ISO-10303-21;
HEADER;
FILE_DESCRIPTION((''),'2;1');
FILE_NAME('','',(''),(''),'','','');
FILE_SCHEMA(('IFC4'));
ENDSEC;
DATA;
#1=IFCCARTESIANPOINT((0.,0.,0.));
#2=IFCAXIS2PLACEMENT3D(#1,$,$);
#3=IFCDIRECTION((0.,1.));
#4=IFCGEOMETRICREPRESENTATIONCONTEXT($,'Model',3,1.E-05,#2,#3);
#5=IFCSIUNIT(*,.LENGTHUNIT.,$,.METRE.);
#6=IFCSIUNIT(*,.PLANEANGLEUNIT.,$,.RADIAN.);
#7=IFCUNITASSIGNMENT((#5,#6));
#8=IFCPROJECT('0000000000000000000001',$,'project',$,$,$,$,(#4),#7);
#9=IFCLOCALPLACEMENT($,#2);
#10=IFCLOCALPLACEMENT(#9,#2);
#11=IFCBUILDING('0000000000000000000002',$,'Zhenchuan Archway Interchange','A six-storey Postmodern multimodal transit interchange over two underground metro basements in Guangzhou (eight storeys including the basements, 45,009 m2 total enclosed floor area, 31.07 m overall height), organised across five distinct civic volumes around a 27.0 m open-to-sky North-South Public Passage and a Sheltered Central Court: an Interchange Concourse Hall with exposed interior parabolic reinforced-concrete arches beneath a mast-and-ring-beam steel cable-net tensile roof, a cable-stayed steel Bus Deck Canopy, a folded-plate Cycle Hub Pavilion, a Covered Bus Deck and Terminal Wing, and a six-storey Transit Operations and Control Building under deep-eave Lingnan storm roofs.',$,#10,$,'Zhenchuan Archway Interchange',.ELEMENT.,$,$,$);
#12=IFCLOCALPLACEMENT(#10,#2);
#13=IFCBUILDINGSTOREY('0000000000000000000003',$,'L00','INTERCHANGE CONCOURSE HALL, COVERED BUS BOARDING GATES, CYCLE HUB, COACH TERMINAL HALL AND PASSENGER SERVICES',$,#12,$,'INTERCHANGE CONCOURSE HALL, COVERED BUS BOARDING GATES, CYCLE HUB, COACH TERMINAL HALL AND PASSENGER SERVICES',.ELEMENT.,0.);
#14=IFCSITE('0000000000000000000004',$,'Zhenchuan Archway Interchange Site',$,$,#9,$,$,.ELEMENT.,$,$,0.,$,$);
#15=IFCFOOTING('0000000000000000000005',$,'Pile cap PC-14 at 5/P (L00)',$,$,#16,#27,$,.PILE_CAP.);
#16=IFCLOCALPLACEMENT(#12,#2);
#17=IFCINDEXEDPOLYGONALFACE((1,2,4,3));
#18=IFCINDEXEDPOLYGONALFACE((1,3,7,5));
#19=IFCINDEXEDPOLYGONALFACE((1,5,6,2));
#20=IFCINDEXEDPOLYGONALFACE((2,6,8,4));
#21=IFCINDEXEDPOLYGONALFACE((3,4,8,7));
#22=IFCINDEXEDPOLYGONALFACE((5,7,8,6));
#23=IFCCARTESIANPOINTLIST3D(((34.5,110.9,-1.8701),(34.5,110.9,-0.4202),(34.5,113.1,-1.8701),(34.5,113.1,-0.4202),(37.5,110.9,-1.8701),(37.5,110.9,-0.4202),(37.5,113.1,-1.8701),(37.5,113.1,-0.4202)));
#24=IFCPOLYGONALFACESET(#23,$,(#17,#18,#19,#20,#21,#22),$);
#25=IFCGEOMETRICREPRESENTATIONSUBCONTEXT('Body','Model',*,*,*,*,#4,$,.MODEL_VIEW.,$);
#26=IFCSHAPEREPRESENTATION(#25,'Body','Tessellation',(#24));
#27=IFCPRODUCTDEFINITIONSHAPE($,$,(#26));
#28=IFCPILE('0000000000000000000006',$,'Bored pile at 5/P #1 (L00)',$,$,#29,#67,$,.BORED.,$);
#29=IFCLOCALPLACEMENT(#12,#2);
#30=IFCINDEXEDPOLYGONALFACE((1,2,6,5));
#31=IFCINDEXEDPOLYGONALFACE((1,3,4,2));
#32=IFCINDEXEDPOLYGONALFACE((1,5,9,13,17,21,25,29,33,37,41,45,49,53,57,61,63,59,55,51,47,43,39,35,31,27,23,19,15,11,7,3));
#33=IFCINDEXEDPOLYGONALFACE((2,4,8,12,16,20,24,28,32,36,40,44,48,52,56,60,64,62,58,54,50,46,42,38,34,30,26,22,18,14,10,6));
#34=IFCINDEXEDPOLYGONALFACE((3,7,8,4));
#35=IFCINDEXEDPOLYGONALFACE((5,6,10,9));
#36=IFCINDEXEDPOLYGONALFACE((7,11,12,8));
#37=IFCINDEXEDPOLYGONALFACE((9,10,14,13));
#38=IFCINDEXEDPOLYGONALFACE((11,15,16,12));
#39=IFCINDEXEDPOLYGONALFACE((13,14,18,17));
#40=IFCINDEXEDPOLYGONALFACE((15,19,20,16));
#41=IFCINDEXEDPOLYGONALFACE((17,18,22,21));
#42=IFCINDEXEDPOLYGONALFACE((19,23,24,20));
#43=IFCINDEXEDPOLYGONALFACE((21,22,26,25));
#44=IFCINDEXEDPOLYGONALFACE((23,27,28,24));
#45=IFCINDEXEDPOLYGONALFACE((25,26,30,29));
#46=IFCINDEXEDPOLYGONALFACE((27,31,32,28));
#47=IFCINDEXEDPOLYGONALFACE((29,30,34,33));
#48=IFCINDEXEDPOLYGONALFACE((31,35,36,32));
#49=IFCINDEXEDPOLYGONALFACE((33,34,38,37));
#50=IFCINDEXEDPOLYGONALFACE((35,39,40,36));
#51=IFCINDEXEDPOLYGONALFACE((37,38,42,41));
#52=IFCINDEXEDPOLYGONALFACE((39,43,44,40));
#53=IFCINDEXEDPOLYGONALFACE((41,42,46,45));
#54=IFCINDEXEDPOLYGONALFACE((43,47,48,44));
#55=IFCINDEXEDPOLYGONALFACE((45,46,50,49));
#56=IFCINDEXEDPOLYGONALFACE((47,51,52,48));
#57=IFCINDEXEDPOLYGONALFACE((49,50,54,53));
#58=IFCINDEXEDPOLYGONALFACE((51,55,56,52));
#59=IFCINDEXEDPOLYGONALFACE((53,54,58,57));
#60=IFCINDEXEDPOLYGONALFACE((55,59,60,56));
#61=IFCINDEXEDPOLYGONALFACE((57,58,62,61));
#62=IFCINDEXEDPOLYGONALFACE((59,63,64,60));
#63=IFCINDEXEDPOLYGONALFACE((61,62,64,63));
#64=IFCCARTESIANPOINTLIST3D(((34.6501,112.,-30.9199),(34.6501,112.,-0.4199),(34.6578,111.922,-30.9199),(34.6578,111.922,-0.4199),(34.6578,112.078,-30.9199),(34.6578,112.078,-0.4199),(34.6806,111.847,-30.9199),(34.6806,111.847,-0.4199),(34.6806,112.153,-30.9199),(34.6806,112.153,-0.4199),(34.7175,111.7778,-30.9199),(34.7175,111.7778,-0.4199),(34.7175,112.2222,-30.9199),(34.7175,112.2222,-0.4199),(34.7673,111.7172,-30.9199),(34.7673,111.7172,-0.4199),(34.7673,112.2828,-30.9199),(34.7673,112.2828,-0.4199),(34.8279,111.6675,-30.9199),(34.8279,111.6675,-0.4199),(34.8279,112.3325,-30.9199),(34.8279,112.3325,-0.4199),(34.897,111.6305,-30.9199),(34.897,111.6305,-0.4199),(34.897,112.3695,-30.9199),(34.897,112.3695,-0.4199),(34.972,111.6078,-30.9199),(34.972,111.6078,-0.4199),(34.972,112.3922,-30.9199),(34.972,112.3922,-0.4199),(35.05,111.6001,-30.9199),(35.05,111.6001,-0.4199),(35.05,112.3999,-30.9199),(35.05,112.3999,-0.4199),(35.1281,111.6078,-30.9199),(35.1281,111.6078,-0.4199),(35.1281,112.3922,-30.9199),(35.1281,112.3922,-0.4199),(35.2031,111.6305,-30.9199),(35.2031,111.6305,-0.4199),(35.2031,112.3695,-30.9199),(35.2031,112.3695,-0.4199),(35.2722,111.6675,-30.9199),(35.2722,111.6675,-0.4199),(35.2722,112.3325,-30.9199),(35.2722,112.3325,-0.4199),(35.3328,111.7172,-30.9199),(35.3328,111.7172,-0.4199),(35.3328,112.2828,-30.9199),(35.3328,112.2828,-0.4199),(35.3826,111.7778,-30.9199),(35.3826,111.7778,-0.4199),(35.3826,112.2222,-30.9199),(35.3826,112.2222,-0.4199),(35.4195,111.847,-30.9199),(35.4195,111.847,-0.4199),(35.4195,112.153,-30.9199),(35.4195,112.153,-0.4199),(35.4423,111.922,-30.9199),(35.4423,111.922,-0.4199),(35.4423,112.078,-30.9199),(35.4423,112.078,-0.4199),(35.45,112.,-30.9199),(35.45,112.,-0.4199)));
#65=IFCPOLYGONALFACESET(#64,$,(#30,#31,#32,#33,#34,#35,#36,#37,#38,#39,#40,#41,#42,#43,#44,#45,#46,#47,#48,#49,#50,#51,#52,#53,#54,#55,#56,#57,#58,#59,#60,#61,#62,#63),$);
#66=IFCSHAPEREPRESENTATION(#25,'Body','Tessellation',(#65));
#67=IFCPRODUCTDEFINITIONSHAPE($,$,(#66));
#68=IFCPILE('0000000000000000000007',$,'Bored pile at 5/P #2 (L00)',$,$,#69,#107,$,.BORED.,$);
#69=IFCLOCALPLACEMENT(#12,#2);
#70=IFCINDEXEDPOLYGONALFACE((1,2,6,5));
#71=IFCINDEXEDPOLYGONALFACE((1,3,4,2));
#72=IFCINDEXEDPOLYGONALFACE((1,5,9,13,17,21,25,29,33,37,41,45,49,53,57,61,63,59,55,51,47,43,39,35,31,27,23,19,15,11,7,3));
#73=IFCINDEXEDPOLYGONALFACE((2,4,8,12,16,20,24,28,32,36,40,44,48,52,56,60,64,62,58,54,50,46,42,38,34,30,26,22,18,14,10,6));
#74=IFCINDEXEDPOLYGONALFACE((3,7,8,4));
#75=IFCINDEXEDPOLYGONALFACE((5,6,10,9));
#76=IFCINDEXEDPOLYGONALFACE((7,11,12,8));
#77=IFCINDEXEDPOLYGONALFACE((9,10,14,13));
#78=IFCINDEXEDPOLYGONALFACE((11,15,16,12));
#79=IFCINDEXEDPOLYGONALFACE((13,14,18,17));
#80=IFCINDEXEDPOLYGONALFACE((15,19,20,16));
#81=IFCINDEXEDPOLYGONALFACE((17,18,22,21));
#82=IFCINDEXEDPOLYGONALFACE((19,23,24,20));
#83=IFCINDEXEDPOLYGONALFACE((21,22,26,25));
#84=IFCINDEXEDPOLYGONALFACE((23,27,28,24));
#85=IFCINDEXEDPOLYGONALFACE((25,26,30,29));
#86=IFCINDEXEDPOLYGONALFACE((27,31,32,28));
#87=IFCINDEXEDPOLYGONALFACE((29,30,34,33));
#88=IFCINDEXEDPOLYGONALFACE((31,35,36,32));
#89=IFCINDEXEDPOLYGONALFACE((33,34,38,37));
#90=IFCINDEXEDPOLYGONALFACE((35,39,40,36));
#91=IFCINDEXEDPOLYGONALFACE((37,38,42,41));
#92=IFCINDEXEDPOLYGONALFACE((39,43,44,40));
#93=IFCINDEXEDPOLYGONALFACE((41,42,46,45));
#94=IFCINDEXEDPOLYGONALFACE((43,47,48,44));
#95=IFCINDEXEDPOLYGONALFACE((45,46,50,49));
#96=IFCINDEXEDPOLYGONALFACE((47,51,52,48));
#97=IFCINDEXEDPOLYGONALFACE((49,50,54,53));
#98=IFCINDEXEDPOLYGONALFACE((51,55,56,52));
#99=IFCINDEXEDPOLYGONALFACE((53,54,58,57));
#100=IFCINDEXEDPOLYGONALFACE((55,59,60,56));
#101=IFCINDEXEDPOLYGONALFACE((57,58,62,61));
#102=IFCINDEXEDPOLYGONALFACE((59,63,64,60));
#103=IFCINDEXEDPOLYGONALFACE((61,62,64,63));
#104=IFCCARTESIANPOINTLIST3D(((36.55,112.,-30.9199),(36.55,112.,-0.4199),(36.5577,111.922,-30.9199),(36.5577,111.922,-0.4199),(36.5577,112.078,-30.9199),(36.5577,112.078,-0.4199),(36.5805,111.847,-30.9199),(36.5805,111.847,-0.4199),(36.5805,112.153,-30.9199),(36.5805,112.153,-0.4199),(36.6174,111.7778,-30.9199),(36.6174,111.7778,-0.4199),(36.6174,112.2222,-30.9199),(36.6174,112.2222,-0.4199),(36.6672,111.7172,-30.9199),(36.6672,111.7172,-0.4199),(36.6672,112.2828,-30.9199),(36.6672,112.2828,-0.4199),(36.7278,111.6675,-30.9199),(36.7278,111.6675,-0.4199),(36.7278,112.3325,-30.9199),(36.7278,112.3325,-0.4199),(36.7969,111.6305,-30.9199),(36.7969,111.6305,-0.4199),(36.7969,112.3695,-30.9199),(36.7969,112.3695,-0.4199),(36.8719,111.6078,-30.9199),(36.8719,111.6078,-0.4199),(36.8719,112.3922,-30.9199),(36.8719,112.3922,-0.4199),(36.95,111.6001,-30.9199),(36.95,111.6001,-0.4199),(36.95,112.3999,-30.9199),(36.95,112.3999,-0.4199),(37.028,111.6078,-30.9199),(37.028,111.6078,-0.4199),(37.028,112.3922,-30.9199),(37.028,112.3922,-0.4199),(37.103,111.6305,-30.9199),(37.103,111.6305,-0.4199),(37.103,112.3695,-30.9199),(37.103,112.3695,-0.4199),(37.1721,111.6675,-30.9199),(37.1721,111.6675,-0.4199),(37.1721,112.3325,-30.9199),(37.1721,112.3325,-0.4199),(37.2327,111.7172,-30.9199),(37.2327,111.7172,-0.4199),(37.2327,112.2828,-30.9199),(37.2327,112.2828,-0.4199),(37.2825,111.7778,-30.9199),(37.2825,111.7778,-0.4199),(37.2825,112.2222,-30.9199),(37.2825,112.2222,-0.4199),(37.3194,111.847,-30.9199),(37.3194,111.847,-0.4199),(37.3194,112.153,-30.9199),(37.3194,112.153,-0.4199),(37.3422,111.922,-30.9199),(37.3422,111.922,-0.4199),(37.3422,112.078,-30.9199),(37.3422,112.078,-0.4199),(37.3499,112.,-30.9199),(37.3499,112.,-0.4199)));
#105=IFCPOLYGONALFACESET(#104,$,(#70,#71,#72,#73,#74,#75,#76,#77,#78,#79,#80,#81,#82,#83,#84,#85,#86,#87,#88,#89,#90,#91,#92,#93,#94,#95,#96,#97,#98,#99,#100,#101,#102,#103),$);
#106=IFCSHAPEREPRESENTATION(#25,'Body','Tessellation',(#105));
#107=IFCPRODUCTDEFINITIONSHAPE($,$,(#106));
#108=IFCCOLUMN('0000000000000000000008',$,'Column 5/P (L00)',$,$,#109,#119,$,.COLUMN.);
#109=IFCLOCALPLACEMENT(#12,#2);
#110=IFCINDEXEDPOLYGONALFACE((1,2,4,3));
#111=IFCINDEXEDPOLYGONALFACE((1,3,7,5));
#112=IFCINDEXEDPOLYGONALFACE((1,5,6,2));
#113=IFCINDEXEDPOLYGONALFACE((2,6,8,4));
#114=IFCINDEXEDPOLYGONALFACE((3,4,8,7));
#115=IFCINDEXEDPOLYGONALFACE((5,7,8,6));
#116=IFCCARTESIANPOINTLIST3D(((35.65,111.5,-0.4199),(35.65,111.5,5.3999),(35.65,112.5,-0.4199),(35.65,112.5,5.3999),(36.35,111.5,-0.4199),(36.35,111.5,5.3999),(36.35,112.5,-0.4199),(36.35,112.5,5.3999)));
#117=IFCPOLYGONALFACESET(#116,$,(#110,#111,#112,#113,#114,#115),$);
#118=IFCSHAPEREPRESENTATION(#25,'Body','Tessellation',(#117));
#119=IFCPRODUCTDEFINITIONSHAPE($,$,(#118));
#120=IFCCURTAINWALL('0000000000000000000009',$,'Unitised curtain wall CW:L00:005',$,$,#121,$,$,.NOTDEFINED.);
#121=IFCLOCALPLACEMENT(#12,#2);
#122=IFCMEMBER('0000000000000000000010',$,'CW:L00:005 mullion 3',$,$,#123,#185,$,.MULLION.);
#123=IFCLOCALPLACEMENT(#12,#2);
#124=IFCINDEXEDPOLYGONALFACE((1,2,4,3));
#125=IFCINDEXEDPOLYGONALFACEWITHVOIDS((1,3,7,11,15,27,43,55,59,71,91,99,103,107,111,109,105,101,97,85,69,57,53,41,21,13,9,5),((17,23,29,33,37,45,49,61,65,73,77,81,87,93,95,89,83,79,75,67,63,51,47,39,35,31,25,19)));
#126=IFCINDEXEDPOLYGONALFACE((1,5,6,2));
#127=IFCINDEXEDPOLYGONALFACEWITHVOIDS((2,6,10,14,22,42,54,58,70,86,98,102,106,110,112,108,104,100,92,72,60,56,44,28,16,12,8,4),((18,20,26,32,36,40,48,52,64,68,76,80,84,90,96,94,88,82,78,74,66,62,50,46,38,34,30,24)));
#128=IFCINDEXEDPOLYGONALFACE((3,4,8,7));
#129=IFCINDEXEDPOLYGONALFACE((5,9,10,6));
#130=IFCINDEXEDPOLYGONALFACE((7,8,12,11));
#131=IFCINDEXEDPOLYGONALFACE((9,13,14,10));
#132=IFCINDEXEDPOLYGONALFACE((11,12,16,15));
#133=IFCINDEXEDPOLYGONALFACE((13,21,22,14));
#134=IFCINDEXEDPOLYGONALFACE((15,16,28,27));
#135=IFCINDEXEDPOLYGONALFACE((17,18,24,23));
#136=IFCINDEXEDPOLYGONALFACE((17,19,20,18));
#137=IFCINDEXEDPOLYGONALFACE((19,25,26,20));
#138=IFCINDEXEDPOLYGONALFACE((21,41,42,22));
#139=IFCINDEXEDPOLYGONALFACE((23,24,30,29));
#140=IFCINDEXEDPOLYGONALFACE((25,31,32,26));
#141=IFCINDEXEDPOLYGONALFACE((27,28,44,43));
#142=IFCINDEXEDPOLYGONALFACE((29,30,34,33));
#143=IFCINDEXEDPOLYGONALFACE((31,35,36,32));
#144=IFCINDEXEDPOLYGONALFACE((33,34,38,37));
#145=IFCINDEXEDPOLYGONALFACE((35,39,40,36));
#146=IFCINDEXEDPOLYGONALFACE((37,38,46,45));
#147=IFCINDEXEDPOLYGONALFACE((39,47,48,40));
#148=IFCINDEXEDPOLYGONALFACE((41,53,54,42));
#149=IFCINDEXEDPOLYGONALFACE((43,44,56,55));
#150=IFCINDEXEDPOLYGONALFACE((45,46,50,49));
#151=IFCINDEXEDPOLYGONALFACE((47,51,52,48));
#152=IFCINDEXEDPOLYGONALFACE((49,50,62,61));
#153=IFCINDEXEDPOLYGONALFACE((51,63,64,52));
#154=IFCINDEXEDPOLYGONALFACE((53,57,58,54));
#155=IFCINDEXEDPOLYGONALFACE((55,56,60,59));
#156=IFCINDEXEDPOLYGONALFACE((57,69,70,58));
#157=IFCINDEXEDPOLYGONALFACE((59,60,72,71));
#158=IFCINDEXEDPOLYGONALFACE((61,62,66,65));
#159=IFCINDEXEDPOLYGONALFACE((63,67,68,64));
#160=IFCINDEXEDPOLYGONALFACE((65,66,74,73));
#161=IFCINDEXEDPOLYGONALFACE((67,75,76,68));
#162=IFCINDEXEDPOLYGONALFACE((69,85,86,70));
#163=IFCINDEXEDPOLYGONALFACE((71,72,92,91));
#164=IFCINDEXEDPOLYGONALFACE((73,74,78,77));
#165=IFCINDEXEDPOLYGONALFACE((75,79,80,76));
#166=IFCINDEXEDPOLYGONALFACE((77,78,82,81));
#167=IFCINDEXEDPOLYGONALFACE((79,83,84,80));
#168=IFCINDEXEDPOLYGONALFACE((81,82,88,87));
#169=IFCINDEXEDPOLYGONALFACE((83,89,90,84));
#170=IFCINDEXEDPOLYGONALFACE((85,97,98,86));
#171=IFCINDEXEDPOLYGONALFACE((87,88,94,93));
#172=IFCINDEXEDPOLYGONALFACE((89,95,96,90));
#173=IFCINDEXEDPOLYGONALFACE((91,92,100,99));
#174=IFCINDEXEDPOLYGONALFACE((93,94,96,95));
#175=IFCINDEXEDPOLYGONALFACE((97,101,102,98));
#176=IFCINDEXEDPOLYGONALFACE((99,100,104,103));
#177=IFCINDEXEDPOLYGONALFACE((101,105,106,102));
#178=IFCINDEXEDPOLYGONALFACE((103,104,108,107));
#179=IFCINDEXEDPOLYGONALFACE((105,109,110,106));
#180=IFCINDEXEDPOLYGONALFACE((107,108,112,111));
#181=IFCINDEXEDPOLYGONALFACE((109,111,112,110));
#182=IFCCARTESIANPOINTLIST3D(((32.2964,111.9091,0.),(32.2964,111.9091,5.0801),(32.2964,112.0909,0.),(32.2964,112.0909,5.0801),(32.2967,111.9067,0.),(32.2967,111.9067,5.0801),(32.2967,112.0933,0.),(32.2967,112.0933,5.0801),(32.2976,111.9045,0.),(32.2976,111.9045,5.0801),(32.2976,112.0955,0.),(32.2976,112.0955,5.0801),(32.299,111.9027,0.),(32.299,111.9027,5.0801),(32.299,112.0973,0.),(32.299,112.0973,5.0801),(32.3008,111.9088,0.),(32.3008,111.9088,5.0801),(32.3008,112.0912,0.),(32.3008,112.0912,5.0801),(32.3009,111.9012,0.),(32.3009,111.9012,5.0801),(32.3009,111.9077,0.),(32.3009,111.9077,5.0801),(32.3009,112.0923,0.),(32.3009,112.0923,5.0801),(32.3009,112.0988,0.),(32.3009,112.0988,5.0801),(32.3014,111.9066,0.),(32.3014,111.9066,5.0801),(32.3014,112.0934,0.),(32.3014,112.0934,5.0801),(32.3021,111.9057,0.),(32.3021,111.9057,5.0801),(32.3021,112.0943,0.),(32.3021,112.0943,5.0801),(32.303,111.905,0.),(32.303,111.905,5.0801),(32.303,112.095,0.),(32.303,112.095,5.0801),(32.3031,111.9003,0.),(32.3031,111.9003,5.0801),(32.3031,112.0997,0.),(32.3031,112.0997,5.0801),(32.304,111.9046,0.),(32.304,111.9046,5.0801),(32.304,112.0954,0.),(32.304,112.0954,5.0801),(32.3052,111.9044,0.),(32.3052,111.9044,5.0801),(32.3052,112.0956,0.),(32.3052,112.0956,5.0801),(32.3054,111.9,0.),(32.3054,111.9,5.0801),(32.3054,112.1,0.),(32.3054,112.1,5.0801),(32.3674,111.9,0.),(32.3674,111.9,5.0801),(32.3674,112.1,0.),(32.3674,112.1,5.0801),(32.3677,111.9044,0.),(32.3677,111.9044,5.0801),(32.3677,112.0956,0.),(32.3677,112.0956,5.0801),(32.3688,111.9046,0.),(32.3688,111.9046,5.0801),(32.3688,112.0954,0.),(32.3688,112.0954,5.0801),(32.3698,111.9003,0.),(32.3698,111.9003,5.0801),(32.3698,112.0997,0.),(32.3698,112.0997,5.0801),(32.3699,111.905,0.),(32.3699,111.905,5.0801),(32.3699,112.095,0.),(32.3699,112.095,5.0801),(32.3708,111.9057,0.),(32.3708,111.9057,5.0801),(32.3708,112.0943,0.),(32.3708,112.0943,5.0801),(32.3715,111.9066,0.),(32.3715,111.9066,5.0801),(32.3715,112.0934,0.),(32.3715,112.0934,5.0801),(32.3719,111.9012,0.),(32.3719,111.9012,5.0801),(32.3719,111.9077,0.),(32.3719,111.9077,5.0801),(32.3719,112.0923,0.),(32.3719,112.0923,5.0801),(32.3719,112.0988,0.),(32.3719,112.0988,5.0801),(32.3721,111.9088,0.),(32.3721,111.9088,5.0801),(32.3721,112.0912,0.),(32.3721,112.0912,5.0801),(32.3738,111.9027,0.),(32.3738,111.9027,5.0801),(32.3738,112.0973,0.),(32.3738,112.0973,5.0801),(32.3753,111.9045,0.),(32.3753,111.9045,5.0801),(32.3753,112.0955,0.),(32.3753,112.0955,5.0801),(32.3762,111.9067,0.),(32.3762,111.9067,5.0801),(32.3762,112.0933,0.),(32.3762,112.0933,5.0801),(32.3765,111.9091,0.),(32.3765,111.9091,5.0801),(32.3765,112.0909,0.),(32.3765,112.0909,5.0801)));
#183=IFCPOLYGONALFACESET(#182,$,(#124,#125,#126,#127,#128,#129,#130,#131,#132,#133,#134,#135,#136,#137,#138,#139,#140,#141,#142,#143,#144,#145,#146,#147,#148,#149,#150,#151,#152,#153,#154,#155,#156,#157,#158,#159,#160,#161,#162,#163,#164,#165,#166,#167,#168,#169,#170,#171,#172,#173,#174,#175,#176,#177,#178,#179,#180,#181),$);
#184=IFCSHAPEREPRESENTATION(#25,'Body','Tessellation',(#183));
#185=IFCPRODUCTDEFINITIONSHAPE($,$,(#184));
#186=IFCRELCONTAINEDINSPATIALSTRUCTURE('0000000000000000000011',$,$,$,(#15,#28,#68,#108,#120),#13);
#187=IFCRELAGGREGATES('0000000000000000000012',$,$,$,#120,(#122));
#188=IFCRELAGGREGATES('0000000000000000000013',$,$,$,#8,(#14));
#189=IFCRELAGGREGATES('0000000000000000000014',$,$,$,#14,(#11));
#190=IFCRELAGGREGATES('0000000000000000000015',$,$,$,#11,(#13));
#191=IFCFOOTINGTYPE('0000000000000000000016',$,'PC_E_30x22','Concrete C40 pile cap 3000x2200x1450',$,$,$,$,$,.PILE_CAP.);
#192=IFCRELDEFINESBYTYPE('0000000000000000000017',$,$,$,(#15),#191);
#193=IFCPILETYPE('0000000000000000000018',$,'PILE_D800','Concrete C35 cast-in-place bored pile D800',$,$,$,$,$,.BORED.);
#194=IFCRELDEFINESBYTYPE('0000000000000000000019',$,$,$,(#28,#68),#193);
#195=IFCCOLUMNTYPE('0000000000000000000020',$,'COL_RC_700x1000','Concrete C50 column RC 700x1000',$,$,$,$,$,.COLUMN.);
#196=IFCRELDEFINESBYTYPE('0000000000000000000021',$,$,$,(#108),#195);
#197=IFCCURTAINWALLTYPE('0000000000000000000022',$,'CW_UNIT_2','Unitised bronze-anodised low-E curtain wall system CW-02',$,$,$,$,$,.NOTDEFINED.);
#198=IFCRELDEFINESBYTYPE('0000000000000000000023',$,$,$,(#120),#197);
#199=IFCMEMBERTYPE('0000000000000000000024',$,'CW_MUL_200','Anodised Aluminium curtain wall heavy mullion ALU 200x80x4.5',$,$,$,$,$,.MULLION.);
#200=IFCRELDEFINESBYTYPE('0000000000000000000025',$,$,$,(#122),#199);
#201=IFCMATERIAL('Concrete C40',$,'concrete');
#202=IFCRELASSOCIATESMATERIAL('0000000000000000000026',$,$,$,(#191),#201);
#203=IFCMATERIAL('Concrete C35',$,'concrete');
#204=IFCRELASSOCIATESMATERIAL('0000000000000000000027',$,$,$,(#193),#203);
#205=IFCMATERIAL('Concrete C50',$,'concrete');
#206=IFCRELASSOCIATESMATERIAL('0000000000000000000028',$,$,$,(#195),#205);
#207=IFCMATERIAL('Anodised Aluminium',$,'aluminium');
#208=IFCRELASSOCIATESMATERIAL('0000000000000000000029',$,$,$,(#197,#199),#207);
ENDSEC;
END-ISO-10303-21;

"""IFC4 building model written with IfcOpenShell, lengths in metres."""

from ifc_helpers import new_model, si_unit, direction, frame, origin, origin_2d, place, context, subcontext, project, spatial, rectangle, hollow_rectangle, circle, extrude, material, material_profile, profile_set, type_object, element, aggregate, save


model = new_model("IFC4")

# Units and contexts
model_context = context("Model", 3, precision=1e-05, world=origin(), true_north=direction((0.0, 1.0)))
body_context = subcontext(model_context, "Body", "Model", "MODEL_VIEW")
ifc_project = project(units=[si_unit("LENGTHUNIT", "METRE"), si_unit("PLANEANGLEUNIT", "RADIAN")], contexts=[model_context])

# Site, building, storey
site_placement = place(None, origin())
site = spatial("IfcSite", under=ifc_project, at=site_placement, Name="Zhenchuan Archway Interchange Site", CompositionType="ELEMENT", RefElevation=0.0)
building_placement = place(site_placement, origin())
building = spatial("IfcBuilding", under=site, at=building_placement, Name="Zhenchuan Archway Interchange", Description="A six-storey Postmodern multimodal transit interchange over two underground metro basements in Guangzhou (eight storeys including the basements, 45,009 m2 total enclosed floor area, 31.07 m overall height), organised across five distinct civic volumes around a 27.0 m open-to-sky North-South Public Passage and a Sheltered Central Court: an Interchange Concourse Hall with exposed interior parabolic reinforced-concrete arches beneath a mast-and-ring-beam steel cable-net tensile roof, a cable-stayed steel Bus Deck Canopy, a folded-plate Cycle Hub Pavilion, a Covered Bus Deck and Terminal Wing, and a six-storey Transit Operations and Control Building under deep-eave Lingnan storm roofs.", LongName="Zhenchuan Archway Interchange", CompositionType="ELEMENT")
storey_placement = place(building_placement, origin())
storey = spatial("IfcBuildingStorey", under=building, at=storey_placement, Name="L00", Description="INTERCHANGE CONCOURSE HALL, COVERED BUS BOARDING GATES, CYCLE HUB, COACH TERMINAL HALL AND PASSENGER SERVICES", LongName="INTERCHANGE CONCOURSE HALL, COVERED BUS BOARDING GATES, CYCLE HUB, COACH TERMINAL HALL AND PASSENGER SERVICES", CompositionType="ELEMENT", Elevation=0.0)

# Footing
ifc_material_1 = material(Name="Concrete C40", Category="concrete")
footing_type = type_object("IfcFootingType", Name="PC_E_30x22", Description="Concrete C40 pile cap 3000x2200x1450", PredefinedType="PILE_CAP", material=ifc_material_1)
footing_placement = place(storey_placement, frame((36.0, 112.0, -1.8701), z_axis=(0.0, 0.0, 1.0), x_axis=(1.0, 0.0, 0.0)))
element("IfcFooting", 1, at=footing_placement, inside=storey, type_object=footing_type, Name="Pile cap PC-14 at 5/P (L00)", PredefinedType="PILE_CAP", context=body_context, shape_type="SweptSolid", body=[
    extrude(rectangle(XDim=3.0, YDim=2.2, at=origin_2d()), origin(), (0.0, 0.0, 1.0), 1.45),
])

# Piles
ifc_material_2 = material(Name="Concrete C35", Category="concrete")
ifc_material_profile_1 = material_profile(ifc_material_2, circle(Radius=0.3999, at=origin_2d()), Name="BORED PILE 800")
ifc_profile_set_1 = profile_set([ifc_material_profile_1], Name="Concrete C35")
pile_type = type_object("IfcPileType", Name="PILE_D800", Description="Concrete C35 cast-in-place bored pile D800", PredefinedType="BORED", material=ifc_profile_set_1)
for number, where, z_axis, x_axis, name in (
    (2, (35.05, 112.0, -0.4199), (0.0, 0.0, -1.0), (1.0, 0.0, 0.0), "Bored pile at 5/P #1 (L00)"),
    (3, (36.95, 112.0, -0.4199), (0.0, 0.0, -1.0), (1.0, 0.0, 0.0), "Bored pile at 5/P #2 (L00)"),
):
    element("IfcPile", number, at=place(storey_placement, frame(where, z_axis=z_axis, x_axis=x_axis)), inside=storey, type_object=pile_type, Name=name, PredefinedType="BORED", context=body_context, shape_type="SweptSolid", body=[
        extrude(circle(Radius=0.3999, at=origin_2d()), origin(), (0.0, 0.0, 1.0), 30.5),
    ])

# Column
ifc_material_3 = material(Name="Concrete C50", Category="concrete")
ifc_material_profile_2 = material_profile(ifc_material_3, rectangle(XDim=0.7, YDim=1.0, at=origin_2d()), Name="RC 700x1000")
ifc_profile_set_2 = profile_set([ifc_material_profile_2], Name="Concrete C50")
column_type = type_object("IfcColumnType", Name="COL_RC_700x1000", Description="Concrete C50 column RC 700x1000", PredefinedType="COLUMN", material=ifc_profile_set_2)
column_placement = place(storey_placement, frame((36.0, 112.0, -0.4199), z_axis=(0.0, 0.0, 1.0), x_axis=(1.0, 0.0, 0.0)))
element("IfcColumn", 4, at=column_placement, inside=storey, type_object=column_type, Name="Column 5/P (L00)", PredefinedType="COLUMN", context=body_context, shape_type="SweptSolid", body=[
    extrude(rectangle(XDim=0.7, YDim=1.0, at=origin_2d()), origin(), (0.0, 0.0, 1.0), 5.8198),
])

# Curtain wall, member
ifc_material_4 = material(Name="Anodised Aluminium", Category="aluminium")
curtain_wall_type = type_object("IfcCurtainWallType", Name="CW_UNIT_2", Description="Unitised bronze-anodised low-E curtain wall system CW-02", PredefinedType="NOTDEFINED", material=ifc_material_4)
curtain_wall_placement = place(storey_placement, origin())
curtain_wall = element("IfcCurtainWall", 5, at=curtain_wall_placement, inside=storey, type_object=curtain_wall_type, Name="Unitised curtain wall CW:L00:005", PredefinedType="NOTDEFINED")
ifc_material_profile_3 = material_profile(ifc_material_4, hollow_rectangle(XDim=0.0801, YDim=0.2, WallThickness=0.0044, InnerFilletRadius=0.0044, OuterFilletRadius=0.009, at=origin_2d()), Name="ALU 200x80x4.5")
ifc_profile_set_3 = profile_set([ifc_material_profile_3], Name="Anodised Aluminium")
member_type_1 = type_object("IfcMemberType", Name="CW_MUL_200", Description="Anodised Aluminium curtain wall heavy mullion ALU 200x80x4.5", PredefinedType="MULLION", material=ifc_profile_set_3)
member_1_placement = place(storey_placement, frame((32.3364, 112.0, 0.0), z_axis=(0.0, 0.0, 1.0), x_axis=(1.0, 0.0, 0.0)))
member_1 = element("IfcMember", 6, at=member_1_placement, type_object=member_type_1, Name="CW:L00:005 mullion 3", PredefinedType="MULLION", context=body_context, shape_type="SweptSolid", body=[
    extrude(hollow_rectangle(XDim=0.0801, YDim=0.2, WallThickness=0.0044, InnerFilletRadius=0.0044, OuterFilletRadius=0.009, at=origin_2d()), origin(), (0.0, 0.0, 1.0), 5.0801),
])

aggregate(curtain_wall, [member_1])

save(model, "model.ifc")
